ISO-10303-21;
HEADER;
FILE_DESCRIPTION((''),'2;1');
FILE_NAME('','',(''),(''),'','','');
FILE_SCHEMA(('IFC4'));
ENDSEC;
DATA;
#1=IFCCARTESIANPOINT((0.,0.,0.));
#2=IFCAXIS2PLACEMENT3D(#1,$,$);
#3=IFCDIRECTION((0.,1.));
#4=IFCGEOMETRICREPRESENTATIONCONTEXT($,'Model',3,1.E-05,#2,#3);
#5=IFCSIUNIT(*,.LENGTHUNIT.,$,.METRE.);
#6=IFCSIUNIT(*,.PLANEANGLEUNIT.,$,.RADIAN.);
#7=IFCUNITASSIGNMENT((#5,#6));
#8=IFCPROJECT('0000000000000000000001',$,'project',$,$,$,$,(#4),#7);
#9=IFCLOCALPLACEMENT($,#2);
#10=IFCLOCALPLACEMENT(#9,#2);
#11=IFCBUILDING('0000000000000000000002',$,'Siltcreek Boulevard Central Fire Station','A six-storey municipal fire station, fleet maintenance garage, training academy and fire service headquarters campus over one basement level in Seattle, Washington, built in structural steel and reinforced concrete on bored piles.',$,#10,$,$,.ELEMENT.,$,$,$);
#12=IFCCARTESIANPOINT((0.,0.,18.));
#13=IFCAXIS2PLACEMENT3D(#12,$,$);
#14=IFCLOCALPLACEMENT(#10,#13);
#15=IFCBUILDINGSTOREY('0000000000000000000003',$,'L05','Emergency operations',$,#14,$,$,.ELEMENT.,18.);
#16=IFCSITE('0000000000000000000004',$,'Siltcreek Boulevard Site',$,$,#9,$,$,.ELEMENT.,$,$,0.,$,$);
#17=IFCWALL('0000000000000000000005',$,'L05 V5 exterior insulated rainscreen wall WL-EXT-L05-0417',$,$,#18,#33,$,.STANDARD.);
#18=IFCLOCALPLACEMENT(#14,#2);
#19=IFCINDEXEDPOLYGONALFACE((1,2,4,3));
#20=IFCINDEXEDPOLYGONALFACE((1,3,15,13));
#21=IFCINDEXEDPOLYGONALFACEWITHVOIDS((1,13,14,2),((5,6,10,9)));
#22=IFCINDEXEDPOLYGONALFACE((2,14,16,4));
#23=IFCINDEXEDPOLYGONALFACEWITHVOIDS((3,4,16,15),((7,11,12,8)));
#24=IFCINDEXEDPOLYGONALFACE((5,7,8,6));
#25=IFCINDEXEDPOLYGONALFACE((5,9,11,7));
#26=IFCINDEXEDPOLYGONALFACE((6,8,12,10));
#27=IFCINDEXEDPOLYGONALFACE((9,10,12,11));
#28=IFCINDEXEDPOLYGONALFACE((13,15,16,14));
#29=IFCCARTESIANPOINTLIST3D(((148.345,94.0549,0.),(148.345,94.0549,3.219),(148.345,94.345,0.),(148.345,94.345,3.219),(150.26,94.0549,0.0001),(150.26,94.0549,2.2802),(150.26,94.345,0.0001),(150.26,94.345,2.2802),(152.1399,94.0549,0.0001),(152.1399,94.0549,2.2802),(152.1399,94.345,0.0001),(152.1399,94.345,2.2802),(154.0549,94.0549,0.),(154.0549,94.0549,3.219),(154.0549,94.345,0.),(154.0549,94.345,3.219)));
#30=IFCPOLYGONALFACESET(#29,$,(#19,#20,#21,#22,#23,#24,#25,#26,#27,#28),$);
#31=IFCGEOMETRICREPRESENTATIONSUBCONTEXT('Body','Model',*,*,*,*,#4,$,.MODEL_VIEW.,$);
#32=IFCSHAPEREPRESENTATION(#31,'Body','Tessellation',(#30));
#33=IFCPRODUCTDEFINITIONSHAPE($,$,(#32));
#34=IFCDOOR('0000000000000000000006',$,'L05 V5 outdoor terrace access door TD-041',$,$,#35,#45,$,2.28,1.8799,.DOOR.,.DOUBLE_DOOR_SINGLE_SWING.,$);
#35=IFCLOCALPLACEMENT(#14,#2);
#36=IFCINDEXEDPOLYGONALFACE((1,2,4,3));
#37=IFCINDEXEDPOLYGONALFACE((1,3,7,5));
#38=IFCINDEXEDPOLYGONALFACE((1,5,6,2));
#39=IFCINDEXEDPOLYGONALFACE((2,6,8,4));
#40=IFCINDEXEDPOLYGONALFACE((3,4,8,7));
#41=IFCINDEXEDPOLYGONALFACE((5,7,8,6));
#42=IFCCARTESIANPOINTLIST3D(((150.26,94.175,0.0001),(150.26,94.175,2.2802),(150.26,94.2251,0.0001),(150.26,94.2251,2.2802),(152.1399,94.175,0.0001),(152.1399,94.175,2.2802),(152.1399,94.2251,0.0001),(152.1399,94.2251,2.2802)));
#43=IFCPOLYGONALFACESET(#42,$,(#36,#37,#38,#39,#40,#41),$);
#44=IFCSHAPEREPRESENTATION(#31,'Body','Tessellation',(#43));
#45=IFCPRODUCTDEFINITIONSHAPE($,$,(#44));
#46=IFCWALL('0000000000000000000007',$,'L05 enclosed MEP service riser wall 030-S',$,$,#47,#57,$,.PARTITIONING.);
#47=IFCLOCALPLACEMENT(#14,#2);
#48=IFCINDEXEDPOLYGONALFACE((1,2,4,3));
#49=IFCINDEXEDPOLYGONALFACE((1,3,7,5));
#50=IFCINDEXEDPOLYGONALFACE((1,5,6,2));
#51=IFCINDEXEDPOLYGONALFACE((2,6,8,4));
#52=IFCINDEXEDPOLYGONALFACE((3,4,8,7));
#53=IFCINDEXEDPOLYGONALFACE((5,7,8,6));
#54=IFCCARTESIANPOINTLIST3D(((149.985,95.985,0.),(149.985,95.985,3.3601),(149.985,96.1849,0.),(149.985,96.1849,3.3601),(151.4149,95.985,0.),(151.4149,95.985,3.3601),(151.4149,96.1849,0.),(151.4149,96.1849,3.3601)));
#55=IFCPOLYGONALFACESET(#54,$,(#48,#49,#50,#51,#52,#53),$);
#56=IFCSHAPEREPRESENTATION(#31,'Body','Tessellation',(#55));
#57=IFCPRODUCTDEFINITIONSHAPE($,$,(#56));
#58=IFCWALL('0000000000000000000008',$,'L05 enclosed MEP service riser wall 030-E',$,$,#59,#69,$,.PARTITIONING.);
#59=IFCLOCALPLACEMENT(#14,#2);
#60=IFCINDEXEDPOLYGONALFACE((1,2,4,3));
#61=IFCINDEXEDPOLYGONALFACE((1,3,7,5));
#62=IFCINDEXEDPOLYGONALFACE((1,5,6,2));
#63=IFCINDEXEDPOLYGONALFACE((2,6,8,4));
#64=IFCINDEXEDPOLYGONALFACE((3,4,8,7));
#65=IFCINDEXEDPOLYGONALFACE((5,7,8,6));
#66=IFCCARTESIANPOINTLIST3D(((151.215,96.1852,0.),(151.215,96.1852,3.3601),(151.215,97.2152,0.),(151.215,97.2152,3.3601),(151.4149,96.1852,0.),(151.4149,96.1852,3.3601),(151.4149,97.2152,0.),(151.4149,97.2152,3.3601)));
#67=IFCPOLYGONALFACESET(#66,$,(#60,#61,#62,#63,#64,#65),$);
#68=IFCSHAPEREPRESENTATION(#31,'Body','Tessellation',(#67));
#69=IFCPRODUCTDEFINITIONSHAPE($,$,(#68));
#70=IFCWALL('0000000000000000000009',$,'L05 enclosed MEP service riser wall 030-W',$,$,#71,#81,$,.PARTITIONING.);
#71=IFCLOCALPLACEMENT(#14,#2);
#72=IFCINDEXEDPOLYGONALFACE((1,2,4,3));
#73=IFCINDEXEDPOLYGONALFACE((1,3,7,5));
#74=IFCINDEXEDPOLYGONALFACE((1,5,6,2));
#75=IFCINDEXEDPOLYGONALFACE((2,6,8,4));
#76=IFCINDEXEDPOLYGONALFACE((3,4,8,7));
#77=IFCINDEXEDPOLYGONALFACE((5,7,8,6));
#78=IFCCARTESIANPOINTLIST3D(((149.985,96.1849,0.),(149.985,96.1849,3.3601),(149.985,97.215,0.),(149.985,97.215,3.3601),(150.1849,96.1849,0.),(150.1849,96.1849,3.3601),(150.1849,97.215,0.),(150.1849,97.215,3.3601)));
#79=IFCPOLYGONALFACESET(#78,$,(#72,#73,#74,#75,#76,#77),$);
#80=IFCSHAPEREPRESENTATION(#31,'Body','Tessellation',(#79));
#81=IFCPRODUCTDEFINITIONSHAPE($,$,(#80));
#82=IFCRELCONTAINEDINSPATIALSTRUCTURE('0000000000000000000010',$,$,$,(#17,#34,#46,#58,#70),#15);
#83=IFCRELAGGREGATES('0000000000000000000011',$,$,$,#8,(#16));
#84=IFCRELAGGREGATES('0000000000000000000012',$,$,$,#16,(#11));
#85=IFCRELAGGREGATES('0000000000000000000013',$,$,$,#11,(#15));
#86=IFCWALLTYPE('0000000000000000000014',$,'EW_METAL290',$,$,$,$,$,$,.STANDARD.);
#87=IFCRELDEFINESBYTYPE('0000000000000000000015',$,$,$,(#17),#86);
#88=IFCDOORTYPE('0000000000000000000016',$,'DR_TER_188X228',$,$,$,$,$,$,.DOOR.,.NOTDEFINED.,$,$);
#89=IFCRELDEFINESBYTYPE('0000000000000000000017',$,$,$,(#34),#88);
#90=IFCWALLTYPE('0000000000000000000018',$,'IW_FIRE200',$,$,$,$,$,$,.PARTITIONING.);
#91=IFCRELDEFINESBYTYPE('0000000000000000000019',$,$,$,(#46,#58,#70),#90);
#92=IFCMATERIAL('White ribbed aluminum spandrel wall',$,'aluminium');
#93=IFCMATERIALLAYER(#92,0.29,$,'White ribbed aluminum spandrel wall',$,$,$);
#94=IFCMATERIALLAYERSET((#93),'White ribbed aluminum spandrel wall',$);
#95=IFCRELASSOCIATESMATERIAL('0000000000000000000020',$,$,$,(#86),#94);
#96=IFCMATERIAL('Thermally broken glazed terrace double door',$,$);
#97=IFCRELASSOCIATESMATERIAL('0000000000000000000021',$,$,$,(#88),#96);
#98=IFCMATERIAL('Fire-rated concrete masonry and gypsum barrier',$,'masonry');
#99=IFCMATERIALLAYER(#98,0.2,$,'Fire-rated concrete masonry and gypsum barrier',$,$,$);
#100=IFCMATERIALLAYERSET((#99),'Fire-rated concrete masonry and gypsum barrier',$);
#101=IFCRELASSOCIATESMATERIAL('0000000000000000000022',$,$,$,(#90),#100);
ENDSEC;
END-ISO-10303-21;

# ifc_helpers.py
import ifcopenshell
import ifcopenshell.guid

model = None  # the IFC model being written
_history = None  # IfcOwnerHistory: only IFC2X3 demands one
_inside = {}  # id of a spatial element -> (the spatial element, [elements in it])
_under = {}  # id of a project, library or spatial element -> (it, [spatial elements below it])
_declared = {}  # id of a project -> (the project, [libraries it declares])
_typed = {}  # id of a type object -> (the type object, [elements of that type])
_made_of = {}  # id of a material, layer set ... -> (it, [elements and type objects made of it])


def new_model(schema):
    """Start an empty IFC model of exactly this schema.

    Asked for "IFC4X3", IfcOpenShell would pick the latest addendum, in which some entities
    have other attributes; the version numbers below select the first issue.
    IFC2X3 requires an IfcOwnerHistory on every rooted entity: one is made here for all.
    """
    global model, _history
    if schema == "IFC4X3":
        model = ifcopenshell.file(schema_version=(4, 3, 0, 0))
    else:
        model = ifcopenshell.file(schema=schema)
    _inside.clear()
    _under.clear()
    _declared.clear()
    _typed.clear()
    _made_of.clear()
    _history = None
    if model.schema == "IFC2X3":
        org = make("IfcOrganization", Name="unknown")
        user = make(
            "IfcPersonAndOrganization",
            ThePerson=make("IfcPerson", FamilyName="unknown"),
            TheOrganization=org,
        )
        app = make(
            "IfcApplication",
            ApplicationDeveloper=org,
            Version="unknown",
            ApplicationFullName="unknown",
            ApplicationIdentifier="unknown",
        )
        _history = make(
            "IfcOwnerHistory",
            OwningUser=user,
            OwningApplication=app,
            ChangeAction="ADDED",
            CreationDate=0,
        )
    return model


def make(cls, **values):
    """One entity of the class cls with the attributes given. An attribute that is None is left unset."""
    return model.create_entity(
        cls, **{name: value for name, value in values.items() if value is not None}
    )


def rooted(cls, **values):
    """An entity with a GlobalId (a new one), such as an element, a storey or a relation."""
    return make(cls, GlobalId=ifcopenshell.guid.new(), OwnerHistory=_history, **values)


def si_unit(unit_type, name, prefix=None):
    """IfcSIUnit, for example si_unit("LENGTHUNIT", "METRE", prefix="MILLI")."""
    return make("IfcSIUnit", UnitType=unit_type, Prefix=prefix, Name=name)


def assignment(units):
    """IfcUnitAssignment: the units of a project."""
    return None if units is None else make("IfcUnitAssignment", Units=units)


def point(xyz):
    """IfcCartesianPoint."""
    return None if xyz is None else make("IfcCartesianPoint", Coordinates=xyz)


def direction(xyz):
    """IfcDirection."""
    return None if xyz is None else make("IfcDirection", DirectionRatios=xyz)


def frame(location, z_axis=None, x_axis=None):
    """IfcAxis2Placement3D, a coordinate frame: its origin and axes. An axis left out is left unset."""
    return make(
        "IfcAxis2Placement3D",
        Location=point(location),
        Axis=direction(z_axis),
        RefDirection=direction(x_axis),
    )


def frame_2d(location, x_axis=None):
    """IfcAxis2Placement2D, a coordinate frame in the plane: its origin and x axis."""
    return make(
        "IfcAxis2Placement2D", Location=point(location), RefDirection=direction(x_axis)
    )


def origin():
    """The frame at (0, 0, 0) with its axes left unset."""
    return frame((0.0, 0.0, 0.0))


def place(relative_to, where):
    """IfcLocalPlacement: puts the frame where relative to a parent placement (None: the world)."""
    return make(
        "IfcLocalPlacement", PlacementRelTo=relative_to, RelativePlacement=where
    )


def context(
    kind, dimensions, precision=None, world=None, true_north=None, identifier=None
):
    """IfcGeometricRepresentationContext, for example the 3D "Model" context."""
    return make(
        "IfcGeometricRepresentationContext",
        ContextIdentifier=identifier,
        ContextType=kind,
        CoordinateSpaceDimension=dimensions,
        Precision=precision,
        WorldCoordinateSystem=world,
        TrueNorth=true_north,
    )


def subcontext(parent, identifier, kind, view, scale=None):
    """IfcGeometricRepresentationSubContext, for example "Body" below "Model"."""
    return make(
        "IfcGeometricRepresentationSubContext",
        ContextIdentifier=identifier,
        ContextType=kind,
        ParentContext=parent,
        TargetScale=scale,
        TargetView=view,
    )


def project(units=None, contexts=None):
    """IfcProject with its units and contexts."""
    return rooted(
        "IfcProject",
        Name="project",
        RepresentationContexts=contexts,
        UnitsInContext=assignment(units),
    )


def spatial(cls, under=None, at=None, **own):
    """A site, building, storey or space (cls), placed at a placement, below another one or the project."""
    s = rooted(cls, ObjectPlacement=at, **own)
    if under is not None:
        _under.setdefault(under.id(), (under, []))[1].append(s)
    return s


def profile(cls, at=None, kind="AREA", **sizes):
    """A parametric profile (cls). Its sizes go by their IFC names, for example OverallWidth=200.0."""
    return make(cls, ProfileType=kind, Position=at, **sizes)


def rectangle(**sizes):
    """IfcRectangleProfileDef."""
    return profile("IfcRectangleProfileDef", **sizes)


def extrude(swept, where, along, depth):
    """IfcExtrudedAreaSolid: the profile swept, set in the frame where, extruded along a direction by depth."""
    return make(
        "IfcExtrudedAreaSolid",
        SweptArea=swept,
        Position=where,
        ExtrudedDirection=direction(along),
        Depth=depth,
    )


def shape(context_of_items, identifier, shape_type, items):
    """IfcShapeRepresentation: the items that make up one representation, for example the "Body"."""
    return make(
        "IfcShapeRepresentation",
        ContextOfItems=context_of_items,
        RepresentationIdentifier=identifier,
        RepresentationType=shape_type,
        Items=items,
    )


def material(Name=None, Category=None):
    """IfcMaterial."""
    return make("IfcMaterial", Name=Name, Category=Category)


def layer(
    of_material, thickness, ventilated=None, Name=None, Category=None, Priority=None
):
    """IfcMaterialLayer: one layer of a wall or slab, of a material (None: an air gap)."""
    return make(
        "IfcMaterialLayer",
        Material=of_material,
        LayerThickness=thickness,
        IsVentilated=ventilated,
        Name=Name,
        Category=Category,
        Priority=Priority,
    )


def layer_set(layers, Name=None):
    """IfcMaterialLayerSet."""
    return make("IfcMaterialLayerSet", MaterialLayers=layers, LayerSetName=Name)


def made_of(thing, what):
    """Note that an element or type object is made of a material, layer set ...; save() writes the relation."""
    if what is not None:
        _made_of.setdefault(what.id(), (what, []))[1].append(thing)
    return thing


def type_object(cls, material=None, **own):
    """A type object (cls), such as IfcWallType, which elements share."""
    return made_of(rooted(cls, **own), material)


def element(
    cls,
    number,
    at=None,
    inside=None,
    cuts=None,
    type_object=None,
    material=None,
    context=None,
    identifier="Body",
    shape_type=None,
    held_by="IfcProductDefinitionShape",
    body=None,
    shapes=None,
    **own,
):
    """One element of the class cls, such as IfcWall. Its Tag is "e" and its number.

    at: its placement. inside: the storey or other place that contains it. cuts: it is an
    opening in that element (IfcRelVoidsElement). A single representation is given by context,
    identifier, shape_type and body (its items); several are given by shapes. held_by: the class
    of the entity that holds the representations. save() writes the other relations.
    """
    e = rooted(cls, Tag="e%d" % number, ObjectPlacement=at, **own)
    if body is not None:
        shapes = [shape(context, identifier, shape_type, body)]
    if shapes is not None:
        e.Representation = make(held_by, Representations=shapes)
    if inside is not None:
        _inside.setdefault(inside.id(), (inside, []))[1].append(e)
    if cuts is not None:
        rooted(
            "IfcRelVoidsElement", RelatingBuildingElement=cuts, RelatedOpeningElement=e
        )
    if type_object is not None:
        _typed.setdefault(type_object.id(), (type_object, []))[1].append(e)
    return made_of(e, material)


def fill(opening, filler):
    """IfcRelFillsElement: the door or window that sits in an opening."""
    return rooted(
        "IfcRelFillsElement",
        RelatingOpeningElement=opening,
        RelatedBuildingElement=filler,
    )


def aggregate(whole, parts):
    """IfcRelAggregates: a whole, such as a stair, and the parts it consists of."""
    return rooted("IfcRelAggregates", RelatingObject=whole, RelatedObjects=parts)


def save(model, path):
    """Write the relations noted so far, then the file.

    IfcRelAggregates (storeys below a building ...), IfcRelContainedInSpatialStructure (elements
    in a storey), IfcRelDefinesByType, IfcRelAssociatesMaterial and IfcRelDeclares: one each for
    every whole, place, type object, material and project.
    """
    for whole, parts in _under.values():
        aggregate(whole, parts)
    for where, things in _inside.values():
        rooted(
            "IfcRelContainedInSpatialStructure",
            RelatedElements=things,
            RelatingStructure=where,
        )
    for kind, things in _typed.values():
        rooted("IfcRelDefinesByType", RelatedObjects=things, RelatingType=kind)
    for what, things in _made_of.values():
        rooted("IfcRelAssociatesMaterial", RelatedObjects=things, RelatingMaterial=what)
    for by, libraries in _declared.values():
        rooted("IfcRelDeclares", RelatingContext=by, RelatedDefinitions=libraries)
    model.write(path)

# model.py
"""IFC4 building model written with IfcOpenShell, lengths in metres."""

from ifc_helpers import new_model, si_unit, direction, frame, frame_2d, origin, place, context, subcontext, project, spatial, rectangle, extrude, material, layer, layer_set, type_object, element, fill, save


model = new_model("IFC4")

# Units and contexts
model_context = context("Model", 3, precision=1e-05, world=origin(), true_north=direction((0.0, 1.0)))
body_context = subcontext(model_context, "Body", "Model", "MODEL_VIEW")
ifc_project = project(units=[si_unit("LENGTHUNIT", "METRE"), si_unit("PLANEANGLEUNIT", "RADIAN")], contexts=[model_context])

# Site, building, storey
site_placement = place(None, origin())
site = spatial("IfcSite", under=ifc_project, at=site_placement, Name="Siltcreek Boulevard Site", CompositionType="ELEMENT", RefElevation=0.0)
building_placement = place(site_placement, origin())
building = spatial("IfcBuilding", under=site, at=building_placement, Name="Siltcreek Boulevard Central Fire Station", Description="A six-storey municipal fire station, fleet maintenance garage, training academy and fire service headquarters campus over one basement level in Seattle, Washington, built in structural steel and reinforced concrete on bored piles.", CompositionType="ELEMENT")
storey_placement = place(building_placement, frame((0.0, 0.0, 18.0)))
storey = spatial("IfcBuildingStorey", under=building, at=storey_placement, Name="L05", Description="Emergency operations", CompositionType="ELEMENT", Elevation=18.0)

# Wall, opening, door
ifc_material_1 = material(Name="White ribbed aluminum spandrel wall", Category="aluminium")
ifc_layer_1 = layer(ifc_material_1, 0.29, Name="White ribbed aluminum spandrel wall")
ifc_layer_set_1 = layer_set([ifc_layer_1], Name="White ribbed aluminum spandrel wall")
wall_type_1 = type_object("IfcWallType", Name="EW_METAL290", PredefinedType="STANDARD", material=ifc_layer_set_1)
wall_1_placement = place(storey_placement, frame((148.345, 94.2, 0.0), z_axis=(0.0, 0.0, 1.0), x_axis=(1.0, 0.0, 0.0)))
wall_1 = element("IfcWall", 1, at=wall_1_placement, inside=storey, type_object=wall_type_1, Name="L05 V5 exterior insulated rainscreen wall WL-EXT-L05-0417", PredefinedType="STANDARD", context=body_context, shape_type="SweptSolid", body=[
    extrude(rectangle(XDim=5.71, YDim=0.29, at=frame_2d((2.855, 0.0))), origin(), (0.0, 0.0, 1.0), 3.219),
])
opening_1_placement = place(wall_1_placement, frame((1.915, 0.0, 0.0)))
opening_1 = element("IfcOpeningElement", 2, at=opening_1_placement, cuts=wall_1, PredefinedType="OPENING", context=body_context, shape_type="SweptSolid", body=[
    extrude(rectangle(XDim=1.8799, YDim=2.28, at=frame_2d((0.9399, 1.1401))), frame((0.0, 0.155, 0.0), z_axis=(0.0, -1.0, 0.0), x_axis=(1.0, 0.0, 0.0)), (0.0, 0.0, 1.0), 0.3101),
])
ifc_material_2 = material(Name="Thermally broken glazed terrace double door")
door_type_1 = type_object("IfcDoorType", Name="DR_TER_188X228", OperationType="NOTDEFINED", PredefinedType="DOOR", material=ifc_material_2)
door_1_placement = place(opening_1_placement, frame((1.8799, 0.0, 0.0), z_axis=(0.0, 0.0, 1.0), x_axis=(-1.0, 0.0, 0.0)))
door_1 = element("IfcDoor", 3, at=door_1_placement, inside=storey, type_object=door_type_1, Name="L05 V5 outdoor terrace access door TD-041", OperationType="DOUBLE_DOOR_SINGLE_SWING", OverallHeight=2.28, OverallWidth=1.8799, PredefinedType="DOOR", context=body_context, shape_type="SweptSolid", body=[
    extrude(rectangle(XDim=1.8799, YDim=2.28, at=frame_2d((0.9399, 1.1401))), frame((0.0, 0.0249, 0.0), z_axis=(0.0, -1.0, 0.0), x_axis=(1.0, 0.0, 0.0)), (0.0, 0.0, 1.0), 0.05),
])
fill(opening_1, door_1)

# Walls
ifc_material_3 = material(Name="Fire-rated concrete masonry and gypsum barrier", Category="masonry")
ifc_layer_2 = layer(ifc_material_3, 0.2, Name="Fire-rated concrete masonry and gypsum barrier")
ifc_layer_set_2 = layer_set([ifc_layer_2], Name="Fire-rated concrete masonry and gypsum barrier")
wall_type_2 = type_object("IfcWallType", Name="IW_FIRE200", PredefinedType="PARTITIONING", material=ifc_layer_set_2)
wall_2_placement = place(storey_placement, frame((149.9851, 96.085, 0.0), z_axis=(0.0, 0.0, 1.0), x_axis=(1.0, 0.0, 0.0)))
element("IfcWall", 4, at=wall_2_placement, inside=storey, type_object=wall_type_2, Name="L05 enclosed MEP service riser wall 030-S", PredefinedType="PARTITIONING", context=body_context, shape_type="SweptSolid", body=[
    extrude(rectangle(XDim=1.4299, YDim=0.2, at=frame_2d((0.7148, 0.0))), origin(), (0.0, 0.0, 1.0), 3.3601),
])
wall_3_placement = place(storey_placement, frame((151.3149, 96.1851, 0.0), z_axis=(0.0, 0.0, 1.0), x_axis=(0.0, 1.0, 0.0)))
element("IfcWall", 5, at=wall_3_placement, inside=storey, type_object=wall_type_2, Name="L05 enclosed MEP service riser wall 030-E", PredefinedType="PARTITIONING", context=body_context, shape_type="SweptSolid", body=[
    extrude(rectangle(XDim=1.03, YDim=0.2, at=frame_2d((0.5151, 0.0))), origin(), (0.0, 0.0, 1.0), 3.3601),
])
wall_4_placement = place(storey_placement, frame((150.085, 97.2151, 0.0), z_axis=(0.0, 0.0, 1.0), x_axis=(0.0, -1.0, 0.0)))
element("IfcWall", 6, at=wall_4_placement, inside=storey, type_object=wall_type_2, Name="L05 enclosed MEP service riser wall 030-W", PredefinedType="PARTITIONING", context=body_context, shape_type="SweptSolid", body=[
    extrude(rectangle(XDim=1.03, YDim=0.2, at=frame_2d((0.5151, 0.0))), origin(), (0.0, 0.0, 1.0), 3.3601),
])

save(model, "model.ifc")
